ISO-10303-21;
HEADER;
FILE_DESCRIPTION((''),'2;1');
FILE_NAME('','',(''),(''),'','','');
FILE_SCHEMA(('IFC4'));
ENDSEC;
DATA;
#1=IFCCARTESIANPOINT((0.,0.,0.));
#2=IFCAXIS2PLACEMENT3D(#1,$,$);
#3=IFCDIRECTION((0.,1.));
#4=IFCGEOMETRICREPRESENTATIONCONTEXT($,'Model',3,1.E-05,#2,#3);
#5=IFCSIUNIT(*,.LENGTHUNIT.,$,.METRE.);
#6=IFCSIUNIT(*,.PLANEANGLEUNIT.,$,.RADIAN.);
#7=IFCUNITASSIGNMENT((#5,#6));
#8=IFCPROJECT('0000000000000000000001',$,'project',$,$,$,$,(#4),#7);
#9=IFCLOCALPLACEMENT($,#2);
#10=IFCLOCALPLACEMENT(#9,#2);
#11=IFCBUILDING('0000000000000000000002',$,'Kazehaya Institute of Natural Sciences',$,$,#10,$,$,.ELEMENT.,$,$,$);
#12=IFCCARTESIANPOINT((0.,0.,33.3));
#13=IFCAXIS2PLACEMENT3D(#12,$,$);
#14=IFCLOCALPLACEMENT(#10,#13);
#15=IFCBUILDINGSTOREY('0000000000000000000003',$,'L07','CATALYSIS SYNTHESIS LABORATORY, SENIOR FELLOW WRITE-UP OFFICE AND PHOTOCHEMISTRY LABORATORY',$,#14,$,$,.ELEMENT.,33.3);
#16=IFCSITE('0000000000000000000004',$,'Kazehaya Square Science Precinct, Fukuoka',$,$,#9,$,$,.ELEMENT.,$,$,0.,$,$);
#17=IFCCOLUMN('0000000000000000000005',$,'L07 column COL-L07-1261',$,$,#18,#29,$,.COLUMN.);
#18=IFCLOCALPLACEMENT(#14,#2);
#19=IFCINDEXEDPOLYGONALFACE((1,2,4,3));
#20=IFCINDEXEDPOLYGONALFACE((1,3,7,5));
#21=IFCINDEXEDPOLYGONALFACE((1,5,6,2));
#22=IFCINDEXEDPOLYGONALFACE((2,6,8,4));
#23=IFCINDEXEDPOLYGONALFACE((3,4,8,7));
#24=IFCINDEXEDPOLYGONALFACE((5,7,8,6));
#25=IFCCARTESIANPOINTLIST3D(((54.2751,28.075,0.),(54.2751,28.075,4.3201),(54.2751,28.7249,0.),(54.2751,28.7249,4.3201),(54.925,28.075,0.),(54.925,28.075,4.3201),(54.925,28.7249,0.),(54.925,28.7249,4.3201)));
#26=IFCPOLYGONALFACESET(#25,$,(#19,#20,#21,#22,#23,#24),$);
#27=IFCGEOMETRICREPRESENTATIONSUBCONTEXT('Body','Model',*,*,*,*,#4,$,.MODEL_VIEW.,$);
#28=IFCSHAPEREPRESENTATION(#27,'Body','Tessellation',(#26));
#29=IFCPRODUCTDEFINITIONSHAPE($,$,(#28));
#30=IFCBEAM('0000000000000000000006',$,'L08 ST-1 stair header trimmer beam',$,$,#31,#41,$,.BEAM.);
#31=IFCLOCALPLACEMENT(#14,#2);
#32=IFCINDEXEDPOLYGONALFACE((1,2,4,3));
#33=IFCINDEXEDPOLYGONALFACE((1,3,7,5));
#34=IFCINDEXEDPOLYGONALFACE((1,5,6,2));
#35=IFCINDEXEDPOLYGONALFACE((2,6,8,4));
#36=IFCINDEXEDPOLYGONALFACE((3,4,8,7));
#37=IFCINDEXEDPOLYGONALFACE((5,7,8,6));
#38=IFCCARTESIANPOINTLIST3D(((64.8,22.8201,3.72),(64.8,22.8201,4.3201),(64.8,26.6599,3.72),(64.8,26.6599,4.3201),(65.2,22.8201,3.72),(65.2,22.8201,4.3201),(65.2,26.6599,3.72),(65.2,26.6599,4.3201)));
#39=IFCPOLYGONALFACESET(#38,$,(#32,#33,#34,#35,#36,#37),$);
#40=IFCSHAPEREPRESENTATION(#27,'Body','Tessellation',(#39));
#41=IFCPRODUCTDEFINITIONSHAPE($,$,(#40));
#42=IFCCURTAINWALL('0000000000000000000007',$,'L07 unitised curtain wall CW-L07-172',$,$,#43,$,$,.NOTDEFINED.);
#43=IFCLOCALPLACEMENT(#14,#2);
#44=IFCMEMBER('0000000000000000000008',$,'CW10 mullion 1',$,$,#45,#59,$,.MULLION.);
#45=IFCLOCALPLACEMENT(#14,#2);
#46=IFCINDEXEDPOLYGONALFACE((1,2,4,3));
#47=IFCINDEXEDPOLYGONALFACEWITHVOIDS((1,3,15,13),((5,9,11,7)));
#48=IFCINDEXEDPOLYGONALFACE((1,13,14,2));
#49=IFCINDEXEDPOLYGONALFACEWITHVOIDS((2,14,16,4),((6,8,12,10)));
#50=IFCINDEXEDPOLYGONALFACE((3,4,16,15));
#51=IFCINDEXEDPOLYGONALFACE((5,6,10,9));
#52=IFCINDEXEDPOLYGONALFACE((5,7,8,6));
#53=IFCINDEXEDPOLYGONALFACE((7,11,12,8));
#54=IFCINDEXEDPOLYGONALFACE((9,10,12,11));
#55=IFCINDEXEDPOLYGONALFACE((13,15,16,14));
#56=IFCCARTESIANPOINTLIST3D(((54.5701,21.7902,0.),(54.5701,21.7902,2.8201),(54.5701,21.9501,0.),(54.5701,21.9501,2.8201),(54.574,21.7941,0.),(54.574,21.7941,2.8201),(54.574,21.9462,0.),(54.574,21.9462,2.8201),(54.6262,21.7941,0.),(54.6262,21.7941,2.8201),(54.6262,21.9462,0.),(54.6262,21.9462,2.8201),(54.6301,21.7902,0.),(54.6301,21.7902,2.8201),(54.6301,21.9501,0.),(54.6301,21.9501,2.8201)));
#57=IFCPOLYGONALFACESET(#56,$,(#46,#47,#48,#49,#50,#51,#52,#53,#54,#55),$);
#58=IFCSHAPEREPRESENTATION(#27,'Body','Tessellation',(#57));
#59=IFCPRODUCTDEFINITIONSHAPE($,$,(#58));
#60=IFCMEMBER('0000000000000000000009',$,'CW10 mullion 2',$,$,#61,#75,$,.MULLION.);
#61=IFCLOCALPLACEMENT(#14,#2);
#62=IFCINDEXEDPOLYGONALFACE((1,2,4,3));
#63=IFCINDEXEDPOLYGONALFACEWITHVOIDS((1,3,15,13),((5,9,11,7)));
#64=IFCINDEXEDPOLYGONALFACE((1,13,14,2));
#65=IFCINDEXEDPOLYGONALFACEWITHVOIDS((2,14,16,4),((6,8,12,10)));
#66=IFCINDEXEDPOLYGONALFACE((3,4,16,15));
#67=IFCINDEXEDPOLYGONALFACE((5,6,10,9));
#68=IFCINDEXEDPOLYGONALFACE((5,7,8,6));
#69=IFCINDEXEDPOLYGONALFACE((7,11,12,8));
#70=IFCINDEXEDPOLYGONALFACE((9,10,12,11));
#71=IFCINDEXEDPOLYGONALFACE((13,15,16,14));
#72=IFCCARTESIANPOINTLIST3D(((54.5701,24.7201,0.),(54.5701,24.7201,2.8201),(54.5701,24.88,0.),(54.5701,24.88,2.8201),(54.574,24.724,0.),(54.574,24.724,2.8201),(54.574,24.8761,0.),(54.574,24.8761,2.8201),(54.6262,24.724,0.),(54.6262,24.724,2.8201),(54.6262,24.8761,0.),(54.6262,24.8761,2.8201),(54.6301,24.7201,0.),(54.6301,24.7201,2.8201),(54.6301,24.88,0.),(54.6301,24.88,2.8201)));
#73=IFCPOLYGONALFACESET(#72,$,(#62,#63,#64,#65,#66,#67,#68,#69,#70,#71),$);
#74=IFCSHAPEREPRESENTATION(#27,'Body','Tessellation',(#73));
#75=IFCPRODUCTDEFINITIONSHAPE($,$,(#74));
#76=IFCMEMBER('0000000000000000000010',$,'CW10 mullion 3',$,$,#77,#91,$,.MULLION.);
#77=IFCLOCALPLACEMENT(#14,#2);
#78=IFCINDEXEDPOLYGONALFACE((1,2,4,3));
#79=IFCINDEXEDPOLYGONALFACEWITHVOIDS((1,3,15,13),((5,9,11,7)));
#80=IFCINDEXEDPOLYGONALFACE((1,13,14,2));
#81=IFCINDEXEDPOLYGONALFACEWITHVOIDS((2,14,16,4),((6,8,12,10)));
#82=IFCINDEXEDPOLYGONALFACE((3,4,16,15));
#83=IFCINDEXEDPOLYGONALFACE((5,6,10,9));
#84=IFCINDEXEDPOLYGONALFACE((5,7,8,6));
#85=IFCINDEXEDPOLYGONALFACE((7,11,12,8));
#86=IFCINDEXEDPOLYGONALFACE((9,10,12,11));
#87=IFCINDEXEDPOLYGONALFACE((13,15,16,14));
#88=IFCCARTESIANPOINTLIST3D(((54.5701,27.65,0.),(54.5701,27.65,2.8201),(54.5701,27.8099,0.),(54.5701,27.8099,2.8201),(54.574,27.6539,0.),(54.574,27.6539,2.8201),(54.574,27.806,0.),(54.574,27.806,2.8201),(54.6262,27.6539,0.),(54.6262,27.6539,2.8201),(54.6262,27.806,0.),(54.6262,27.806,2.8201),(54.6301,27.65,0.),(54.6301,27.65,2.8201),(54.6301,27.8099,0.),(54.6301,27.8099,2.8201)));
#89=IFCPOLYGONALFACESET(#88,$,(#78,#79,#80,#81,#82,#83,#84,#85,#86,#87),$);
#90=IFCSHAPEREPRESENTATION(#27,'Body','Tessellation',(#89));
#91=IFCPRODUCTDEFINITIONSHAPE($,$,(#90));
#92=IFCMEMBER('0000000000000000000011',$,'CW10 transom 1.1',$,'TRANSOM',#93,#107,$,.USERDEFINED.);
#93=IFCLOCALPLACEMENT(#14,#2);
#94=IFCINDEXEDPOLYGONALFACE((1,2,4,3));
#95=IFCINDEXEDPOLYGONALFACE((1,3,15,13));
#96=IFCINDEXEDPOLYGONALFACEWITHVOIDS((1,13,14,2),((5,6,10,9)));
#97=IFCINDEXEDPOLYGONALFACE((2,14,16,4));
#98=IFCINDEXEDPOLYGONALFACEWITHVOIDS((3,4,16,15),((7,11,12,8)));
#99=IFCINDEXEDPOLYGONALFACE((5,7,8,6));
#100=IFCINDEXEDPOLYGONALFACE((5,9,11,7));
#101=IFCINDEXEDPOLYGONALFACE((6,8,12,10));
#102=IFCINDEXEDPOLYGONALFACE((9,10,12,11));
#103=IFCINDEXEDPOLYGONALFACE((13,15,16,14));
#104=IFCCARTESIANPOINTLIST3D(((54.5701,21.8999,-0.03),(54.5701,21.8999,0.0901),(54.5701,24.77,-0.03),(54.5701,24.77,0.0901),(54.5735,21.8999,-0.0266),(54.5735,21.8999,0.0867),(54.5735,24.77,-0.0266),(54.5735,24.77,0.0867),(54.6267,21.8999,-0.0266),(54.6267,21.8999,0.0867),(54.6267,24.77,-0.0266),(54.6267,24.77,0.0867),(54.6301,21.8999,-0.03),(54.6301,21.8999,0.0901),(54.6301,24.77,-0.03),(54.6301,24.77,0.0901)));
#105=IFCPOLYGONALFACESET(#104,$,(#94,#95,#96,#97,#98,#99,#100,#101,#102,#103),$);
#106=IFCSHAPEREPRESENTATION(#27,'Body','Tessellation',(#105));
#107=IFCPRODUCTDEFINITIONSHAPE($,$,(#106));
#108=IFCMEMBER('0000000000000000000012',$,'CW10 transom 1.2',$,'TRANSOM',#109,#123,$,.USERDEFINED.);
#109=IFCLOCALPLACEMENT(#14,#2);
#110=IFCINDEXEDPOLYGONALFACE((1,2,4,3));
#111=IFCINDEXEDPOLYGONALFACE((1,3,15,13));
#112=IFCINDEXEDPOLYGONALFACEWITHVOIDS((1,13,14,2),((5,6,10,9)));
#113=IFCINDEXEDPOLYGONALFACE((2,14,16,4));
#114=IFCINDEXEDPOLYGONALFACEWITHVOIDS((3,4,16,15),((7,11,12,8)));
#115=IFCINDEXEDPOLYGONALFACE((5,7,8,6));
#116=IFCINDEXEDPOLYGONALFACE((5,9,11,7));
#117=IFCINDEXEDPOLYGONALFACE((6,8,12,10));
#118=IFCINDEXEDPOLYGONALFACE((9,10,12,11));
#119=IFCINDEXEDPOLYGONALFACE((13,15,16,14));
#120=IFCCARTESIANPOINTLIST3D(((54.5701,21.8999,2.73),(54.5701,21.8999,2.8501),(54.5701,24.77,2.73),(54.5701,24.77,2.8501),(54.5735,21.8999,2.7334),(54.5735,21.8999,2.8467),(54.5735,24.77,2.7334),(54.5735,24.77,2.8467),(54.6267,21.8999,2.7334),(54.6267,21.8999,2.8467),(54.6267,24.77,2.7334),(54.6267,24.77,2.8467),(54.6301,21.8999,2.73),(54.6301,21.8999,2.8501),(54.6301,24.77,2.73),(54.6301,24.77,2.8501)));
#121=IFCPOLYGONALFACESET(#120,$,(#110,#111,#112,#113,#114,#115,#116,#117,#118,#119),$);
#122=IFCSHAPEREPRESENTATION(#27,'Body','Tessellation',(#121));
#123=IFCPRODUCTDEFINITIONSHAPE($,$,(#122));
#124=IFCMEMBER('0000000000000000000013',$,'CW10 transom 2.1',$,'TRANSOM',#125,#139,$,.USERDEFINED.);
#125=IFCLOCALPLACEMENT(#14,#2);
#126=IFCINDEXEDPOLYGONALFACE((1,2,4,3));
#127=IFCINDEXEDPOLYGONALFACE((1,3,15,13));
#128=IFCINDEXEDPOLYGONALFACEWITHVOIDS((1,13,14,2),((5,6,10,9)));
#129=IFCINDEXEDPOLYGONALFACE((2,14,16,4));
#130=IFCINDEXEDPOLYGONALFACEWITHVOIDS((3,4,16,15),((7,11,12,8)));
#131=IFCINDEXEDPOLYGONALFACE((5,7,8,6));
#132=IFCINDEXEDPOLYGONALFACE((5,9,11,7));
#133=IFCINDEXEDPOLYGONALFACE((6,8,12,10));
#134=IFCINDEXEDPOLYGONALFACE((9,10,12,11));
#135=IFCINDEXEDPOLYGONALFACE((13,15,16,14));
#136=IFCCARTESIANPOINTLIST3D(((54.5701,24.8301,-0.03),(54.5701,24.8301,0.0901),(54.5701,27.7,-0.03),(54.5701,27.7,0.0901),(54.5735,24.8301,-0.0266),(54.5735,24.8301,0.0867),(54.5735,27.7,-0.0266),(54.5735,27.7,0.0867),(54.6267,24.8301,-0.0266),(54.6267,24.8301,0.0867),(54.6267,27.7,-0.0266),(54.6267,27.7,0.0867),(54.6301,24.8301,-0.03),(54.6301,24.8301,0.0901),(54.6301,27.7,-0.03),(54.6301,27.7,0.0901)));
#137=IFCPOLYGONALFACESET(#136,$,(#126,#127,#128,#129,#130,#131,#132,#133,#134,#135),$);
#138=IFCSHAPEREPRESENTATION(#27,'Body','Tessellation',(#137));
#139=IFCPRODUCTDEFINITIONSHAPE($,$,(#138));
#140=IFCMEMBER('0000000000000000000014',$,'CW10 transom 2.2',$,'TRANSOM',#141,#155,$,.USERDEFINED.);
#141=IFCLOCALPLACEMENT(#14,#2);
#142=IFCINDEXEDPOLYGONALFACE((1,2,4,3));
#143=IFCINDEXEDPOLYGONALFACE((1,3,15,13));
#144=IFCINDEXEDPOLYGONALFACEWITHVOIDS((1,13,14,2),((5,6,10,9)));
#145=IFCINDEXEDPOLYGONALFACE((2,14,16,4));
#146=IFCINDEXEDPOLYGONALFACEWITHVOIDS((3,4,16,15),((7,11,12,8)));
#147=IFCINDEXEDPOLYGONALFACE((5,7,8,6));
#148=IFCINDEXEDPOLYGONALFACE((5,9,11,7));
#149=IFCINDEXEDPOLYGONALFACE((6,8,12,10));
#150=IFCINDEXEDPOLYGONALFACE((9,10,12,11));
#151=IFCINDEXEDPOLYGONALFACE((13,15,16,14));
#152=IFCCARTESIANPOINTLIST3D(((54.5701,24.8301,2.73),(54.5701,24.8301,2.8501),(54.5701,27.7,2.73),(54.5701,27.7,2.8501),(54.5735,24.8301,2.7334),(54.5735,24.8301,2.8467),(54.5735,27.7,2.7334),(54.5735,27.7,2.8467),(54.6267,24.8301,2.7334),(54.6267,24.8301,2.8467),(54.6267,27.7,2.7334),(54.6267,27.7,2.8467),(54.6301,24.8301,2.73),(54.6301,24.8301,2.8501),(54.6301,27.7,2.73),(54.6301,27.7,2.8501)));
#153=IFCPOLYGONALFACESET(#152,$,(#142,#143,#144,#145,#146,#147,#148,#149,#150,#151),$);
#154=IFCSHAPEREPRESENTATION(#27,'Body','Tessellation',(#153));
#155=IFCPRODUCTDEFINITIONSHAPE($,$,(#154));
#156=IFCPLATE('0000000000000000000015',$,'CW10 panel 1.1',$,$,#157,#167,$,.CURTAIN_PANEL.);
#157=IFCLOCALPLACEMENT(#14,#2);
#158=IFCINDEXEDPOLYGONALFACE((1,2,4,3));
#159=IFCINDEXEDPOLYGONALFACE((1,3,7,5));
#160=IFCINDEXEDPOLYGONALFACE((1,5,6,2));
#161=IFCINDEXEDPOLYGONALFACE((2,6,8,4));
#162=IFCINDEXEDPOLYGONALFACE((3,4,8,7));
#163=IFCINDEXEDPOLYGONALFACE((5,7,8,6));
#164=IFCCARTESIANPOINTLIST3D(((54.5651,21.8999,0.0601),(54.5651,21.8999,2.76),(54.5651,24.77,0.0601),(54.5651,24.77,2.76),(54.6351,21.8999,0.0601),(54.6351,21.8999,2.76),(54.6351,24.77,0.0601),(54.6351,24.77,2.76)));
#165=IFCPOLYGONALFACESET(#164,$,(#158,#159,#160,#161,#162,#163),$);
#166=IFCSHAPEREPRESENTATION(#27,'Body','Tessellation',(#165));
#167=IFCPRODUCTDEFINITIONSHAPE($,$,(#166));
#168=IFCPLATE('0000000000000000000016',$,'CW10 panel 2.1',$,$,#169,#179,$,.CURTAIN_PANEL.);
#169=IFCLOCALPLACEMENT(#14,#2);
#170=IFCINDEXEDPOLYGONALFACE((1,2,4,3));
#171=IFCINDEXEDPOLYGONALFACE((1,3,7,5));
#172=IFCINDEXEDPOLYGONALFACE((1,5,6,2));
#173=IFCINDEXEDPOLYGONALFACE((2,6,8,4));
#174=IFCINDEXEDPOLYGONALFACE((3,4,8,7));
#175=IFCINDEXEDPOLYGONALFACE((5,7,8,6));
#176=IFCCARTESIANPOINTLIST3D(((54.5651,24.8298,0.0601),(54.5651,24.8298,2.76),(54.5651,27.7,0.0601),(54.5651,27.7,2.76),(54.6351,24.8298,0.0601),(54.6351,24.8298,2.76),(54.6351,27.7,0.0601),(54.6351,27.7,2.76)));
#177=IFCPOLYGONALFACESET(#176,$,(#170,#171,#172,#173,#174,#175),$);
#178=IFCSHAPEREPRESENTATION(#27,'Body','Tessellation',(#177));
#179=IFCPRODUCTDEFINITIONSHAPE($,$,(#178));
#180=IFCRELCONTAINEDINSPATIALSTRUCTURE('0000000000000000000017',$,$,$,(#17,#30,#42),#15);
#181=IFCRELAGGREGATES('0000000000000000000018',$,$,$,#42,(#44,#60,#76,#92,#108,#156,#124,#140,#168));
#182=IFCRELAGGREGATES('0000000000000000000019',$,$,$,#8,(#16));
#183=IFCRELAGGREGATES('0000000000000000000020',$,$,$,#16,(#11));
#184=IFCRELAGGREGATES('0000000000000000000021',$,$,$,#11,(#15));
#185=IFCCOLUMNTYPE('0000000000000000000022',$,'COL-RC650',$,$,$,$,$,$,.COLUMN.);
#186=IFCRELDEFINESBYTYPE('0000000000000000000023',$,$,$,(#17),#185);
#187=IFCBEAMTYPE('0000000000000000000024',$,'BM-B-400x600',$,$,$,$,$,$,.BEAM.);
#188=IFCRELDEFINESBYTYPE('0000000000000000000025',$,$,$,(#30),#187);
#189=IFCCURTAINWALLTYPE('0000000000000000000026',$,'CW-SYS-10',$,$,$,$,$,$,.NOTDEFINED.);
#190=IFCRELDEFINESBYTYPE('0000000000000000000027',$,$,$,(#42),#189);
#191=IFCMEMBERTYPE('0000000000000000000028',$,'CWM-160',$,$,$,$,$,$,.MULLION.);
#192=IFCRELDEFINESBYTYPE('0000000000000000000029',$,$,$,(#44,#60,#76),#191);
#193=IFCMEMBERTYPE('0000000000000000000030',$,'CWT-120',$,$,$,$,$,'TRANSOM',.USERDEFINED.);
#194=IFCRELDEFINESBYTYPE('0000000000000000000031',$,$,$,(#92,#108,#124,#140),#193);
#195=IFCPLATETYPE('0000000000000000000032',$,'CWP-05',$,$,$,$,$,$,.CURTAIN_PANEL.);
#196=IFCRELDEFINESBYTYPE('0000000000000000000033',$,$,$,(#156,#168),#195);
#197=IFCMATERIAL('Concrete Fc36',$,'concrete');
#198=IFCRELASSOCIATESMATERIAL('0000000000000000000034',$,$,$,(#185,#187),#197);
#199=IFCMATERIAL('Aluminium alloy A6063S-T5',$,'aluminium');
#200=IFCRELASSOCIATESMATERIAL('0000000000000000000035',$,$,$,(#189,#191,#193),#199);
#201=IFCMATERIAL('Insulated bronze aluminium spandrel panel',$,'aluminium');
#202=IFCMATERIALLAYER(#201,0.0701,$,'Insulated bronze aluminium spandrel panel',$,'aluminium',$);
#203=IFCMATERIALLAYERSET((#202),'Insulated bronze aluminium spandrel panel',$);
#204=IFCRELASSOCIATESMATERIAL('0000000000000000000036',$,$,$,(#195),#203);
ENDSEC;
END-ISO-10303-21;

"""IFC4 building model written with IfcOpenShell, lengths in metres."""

from ifc_helpers import new_model, si_unit, direction, frame, origin, origin_2d, place, context, subcontext, project, spatial, rectangle, hollow_rectangle, extrude, material, layer, layer_set, material_profile, profile_set, type_object, element, aggregate, save


model = new_model("IFC4")

# Units and contexts
model_context = context("Model", 3, precision=1e-05, world=origin(), true_north=direction((0.0, 1.0)))
body_context = subcontext(model_context, "Body", "Model", "MODEL_VIEW")
ifc_project = project(units=[si_unit("LENGTHUNIT", "METRE"), si_unit("PLANEANGLEUNIT", "RADIAN")], contexts=[model_context])

# Site, building, storey
site_placement = place(None, origin())
site = spatial("IfcSite", under=ifc_project, at=site_placement, Name="Kazehaya Square Science Precinct, Fukuoka", CompositionType="ELEMENT", RefElevation=0.0)
building_placement = place(site_placement, origin())
building = spatial("IfcBuilding", under=site, at=building_placement, Name="Kazehaya Institute of Natural Sciences", CompositionType="ELEMENT")
storey_placement = place(building_placement, frame((0.0, 0.0, 33.3)))
storey = spatial("IfcBuildingStorey", under=building, at=storey_placement, Name="L07", Description="CATALYSIS SYNTHESIS LABORATORY, SENIOR FELLOW WRITE-UP OFFICE AND PHOTOCHEMISTRY LABORATORY", CompositionType="ELEMENT", Elevation=33.3)

# Column
ifc_material_1 = material(Name="Concrete Fc36", Category="concrete")
ifc_material_profile_1 = material_profile(ifc_material_1, rectangle(XDim=0.6499, YDim=0.6499, at=origin_2d()), Name="RC-650x650")
ifc_profile_set_1 = profile_set([ifc_material_profile_1], Name="Concrete Fc36")
column_type = type_object("IfcColumnType", Name="COL-RC650", PredefinedType="COLUMN", material=ifc_profile_set_1)
column_placement = place(storey_placement, frame((54.6001, 28.3999, 0.0), z_axis=(0.0, 0.0, 1.0), x_axis=(1.0, 0.0, 0.0)))
element("IfcColumn", 1, at=column_placement, inside=storey, type_object=column_type, Name="L07 column COL-L07-1261", PredefinedType="COLUMN", context=body_context, shape_type="SweptSolid", body=[
    extrude(rectangle(XDim=0.6499, YDim=0.6499, at=origin_2d()), origin(), (0.0, 0.0, 1.0), 4.3201),
])

# Beam
ifc_material_profile_2 = material_profile(ifc_material_1, rectangle(XDim=0.3999, YDim=0.6001, at=origin_2d()), Name="RC-400x600")
ifc_profile_set_2 = profile_set([ifc_material_profile_2], Name="Concrete Fc36")
beam_type = type_object("IfcBeamType", Name="BM-B-400x600", PredefinedType="BEAM", material=ifc_profile_set_2)
beam_placement = place(storey_placement, frame((65.0, 22.8201, 4.02), z_axis=(0.0, 1.0, 0.0), x_axis=(-1.0, 0.0, 0.0)))
element("IfcBeam", 2, at=beam_placement, inside=storey, type_object=beam_type, Name="L08 ST-1 stair header trimmer beam", PredefinedType="BEAM", context=body_context, shape_type="SweptSolid", body=[
    extrude(rectangle(XDim=0.3999, YDim=0.6001, at=origin_2d()), origin(), (0.0, 0.0, 1.0), 3.8398),
])

# Curtain wall, members, plates
ifc_material_2 = material(Name="Aluminium alloy A6063S-T5", Category="aluminium")
curtain_wall_type = type_object("IfcCurtainWallType", Name="CW-SYS-10", PredefinedType="NOTDEFINED", material=ifc_material_2)
curtain_wall_placement = place(storey_placement, origin())
curtain_wall = element("IfcCurtainWall", 3, at=curtain_wall_placement, inside=storey, type_object=curtain_wall_type, Name="L07 unitised curtain wall CW-L07-172", PredefinedType="NOTDEFINED")
ifc_material_profile_3 = material_profile(ifc_material_2, hollow_rectangle(XDim=0.0601, YDim=0.1599, WallThickness=0.0039, at=origin_2d()), Name="ALU-60x160x4")
ifc_profile_set_3 = profile_set([ifc_material_profile_3], Name="Aluminium alloy A6063S-T5")
member_type_1 = type_object("IfcMemberType", Name="CWM-160", PredefinedType="MULLION", material=ifc_profile_set_3)
member_1_placement = place(storey_placement, frame((54.6001, 21.8701, 0.0), z_axis=(0.0, 0.0, 1.0), x_axis=(-1.0, 0.0, 0.0)))
member_1 = element("IfcMember", 4, at=member_1_placement, type_object=member_type_1, Name="CW10 mullion 1", PredefinedType="MULLION", context=body_context, shape_type="SweptSolid", body=[
    extrude(hollow_rectangle(XDim=0.0601, YDim=0.1599, WallThickness=0.0039, at=origin_2d()), origin(), (0.0, 0.0, 1.0), 2.8201),
])
member_2_placement = place(storey_placement, frame((54.6001, 24.8, 0.0), z_axis=(0.0, 0.0, 1.0), x_axis=(-1.0, 0.0, 0.0)))
member_2 = element("IfcMember", 5, at=member_2_placement, type_object=member_type_1, Name="CW10 mullion 2", PredefinedType="MULLION", context=body_context, shape_type="SweptSolid", body=[
    extrude(hollow_rectangle(XDim=0.0601, YDim=0.1599, WallThickness=0.0039, at=origin_2d()), origin(), (0.0, 0.0, 1.0), 2.8201),
])
member_3_placement = place(storey_placement, frame((54.6001, 27.73, 0.0), z_axis=(0.0, 0.0, 1.0), x_axis=(-1.0, 0.0, 0.0)))
member_3 = element("IfcMember", 6, at=member_3_placement, type_object=member_type_1, Name="CW10 mullion 3", PredefinedType="MULLION", context=body_context, shape_type="SweptSolid", body=[
    extrude(hollow_rectangle(XDim=0.0601, YDim=0.1599, WallThickness=0.0039, at=origin_2d()), origin(), (0.0, 0.0, 1.0), 2.8201),
])
ifc_material_profile_4 = material_profile(ifc_material_2, hollow_rectangle(XDim=0.0601, YDim=0.1201, WallThickness=0.0034, at=origin_2d()), Name="ALU-60x120x3.5")
ifc_profile_set_4 = profile_set([ifc_material_profile_4], Name="Aluminium alloy A6063S-T5")
member_type_2 = type_object("IfcMemberType", Name="CWT-120", ElementType="TRANSOM", PredefinedType="USERDEFINED", material=ifc_profile_set_4)
member_4_placement = place(storey_placement, frame((54.6001, 21.8999, 0.03), z_axis=(0.0, 1.0, 0.0), x_axis=(-1.0, 0.0, 0.0)))
member_4 = element("IfcMember", 7, at=member_4_placement, type_object=member_type_2, Name="CW10 transom 1.1", ObjectType="TRANSOM", PredefinedType="USERDEFINED", context=body_context, shape_type="SweptSolid", body=[
    extrude(hollow_rectangle(XDim=0.0601, YDim=0.1201, WallThickness=0.0034, at=origin_2d()), origin(), (0.0, 0.0, 1.0), 2.8701),
])
member_5_placement = place(storey_placement, frame((54.6001, 21.8999, 2.79), z_axis=(0.0, 1.0, 0.0), x_axis=(-1.0, 0.0, 0.0)))
member_5 = element("IfcMember", 8, at=member_5_placement, type_object=member_type_2, Name="CW10 transom 1.2", ObjectType="TRANSOM", PredefinedType="USERDEFINED", context=body_context, shape_type="SweptSolid", body=[
    extrude(hollow_rectangle(XDim=0.0601, YDim=0.1201, WallThickness=0.0034, at=origin_2d()), origin(), (0.0, 0.0, 1.0), 2.8701),
])
member_6_placement = place(storey_placement, frame((54.6001, 24.8301, 0.03), z_axis=(0.0, 1.0, 0.0), x_axis=(-1.0, 0.0, 0.0)))
member_6 = element("IfcMember", 9, at=member_6_placement, type_object=member_type_2, Name="CW10 transom 2.1", ObjectType="TRANSOM", PredefinedType="USERDEFINED", context=body_context, shape_type="SweptSolid", body=[
    extrude(hollow_rectangle(XDim=0.0601, YDim=0.1201, WallThickness=0.0034, at=origin_2d()), origin(), (0.0, 0.0, 1.0), 2.8699),
])
member_7_placement = place(storey_placement, frame((54.6001, 24.8301, 2.79), z_axis=(0.0, 1.0, 0.0), x_axis=(-1.0, 0.0, 0.0)))
member_7 = element("IfcMember", 10, at=member_7_placement, type_object=member_type_2, Name="CW10 transom 2.2", ObjectType="TRANSOM", PredefinedType="USERDEFINED", context=body_context, shape_type="SweptSolid", body=[
    extrude(hollow_rectangle(XDim=0.0601, YDim=0.1201, WallThickness=0.0034, at=origin_2d()), origin(), (0.0, 0.0, 1.0), 2.8699),
])
ifc_material_3 = material(Name="Insulated bronze aluminium spandrel panel", Category="aluminium")
ifc_layer_1 = layer(ifc_material_3, 0.0701, Name="Insulated bronze aluminium spandrel panel", Category="aluminium")
ifc_layer_set_1 = layer_set([ifc_layer_1], Name="Insulated bronze aluminium spandrel panel")
plate_type = type_object("IfcPlateType", Name="CWP-05", PredefinedType="CURTAIN_PANEL", material=ifc_layer_set_1)
plate_1_placement = place(storey_placement, frame((54.6001, 23.335, 0.0601), z_axis=(0.0, 0.0, 1.0), x_axis=(0.0, 1.0, 0.0)))
plate_1 = element("IfcPlate", 11, at=plate_1_placement, type_object=plate_type, Name="CW10 panel 1.1", PredefinedType="CURTAIN_PANEL", context=body_context, shape_type="SweptSolid", body=[
    extrude(rectangle(XDim=2.8701, YDim=0.0701, at=origin_2d()), origin(), (0.0, 0.0, 1.0), 2.7),
])
plate_2_placement = place(storey_placement, frame((54.6001, 26.2649, 0.0601), z_axis=(0.0, 0.0, 1.0), x_axis=(0.0, 1.0, 0.0)))
plate_2 = element("IfcPlate", 12, at=plate_2_placement, type_object=plate_type, Name="CW10 panel 2.1", PredefinedType="CURTAIN_PANEL", context=body_context, shape_type="SweptSolid", body=[
    extrude(rectangle(XDim=2.8701, YDim=0.0701, at=origin_2d()), origin(), (0.0, 0.0, 1.0), 2.7),
])
aggregate(curtain_wall, [member_1, member_2, member_3, member_4, member_5, plate_1, member_6, member_7, plate_2])

save(model, "model.ifc")
